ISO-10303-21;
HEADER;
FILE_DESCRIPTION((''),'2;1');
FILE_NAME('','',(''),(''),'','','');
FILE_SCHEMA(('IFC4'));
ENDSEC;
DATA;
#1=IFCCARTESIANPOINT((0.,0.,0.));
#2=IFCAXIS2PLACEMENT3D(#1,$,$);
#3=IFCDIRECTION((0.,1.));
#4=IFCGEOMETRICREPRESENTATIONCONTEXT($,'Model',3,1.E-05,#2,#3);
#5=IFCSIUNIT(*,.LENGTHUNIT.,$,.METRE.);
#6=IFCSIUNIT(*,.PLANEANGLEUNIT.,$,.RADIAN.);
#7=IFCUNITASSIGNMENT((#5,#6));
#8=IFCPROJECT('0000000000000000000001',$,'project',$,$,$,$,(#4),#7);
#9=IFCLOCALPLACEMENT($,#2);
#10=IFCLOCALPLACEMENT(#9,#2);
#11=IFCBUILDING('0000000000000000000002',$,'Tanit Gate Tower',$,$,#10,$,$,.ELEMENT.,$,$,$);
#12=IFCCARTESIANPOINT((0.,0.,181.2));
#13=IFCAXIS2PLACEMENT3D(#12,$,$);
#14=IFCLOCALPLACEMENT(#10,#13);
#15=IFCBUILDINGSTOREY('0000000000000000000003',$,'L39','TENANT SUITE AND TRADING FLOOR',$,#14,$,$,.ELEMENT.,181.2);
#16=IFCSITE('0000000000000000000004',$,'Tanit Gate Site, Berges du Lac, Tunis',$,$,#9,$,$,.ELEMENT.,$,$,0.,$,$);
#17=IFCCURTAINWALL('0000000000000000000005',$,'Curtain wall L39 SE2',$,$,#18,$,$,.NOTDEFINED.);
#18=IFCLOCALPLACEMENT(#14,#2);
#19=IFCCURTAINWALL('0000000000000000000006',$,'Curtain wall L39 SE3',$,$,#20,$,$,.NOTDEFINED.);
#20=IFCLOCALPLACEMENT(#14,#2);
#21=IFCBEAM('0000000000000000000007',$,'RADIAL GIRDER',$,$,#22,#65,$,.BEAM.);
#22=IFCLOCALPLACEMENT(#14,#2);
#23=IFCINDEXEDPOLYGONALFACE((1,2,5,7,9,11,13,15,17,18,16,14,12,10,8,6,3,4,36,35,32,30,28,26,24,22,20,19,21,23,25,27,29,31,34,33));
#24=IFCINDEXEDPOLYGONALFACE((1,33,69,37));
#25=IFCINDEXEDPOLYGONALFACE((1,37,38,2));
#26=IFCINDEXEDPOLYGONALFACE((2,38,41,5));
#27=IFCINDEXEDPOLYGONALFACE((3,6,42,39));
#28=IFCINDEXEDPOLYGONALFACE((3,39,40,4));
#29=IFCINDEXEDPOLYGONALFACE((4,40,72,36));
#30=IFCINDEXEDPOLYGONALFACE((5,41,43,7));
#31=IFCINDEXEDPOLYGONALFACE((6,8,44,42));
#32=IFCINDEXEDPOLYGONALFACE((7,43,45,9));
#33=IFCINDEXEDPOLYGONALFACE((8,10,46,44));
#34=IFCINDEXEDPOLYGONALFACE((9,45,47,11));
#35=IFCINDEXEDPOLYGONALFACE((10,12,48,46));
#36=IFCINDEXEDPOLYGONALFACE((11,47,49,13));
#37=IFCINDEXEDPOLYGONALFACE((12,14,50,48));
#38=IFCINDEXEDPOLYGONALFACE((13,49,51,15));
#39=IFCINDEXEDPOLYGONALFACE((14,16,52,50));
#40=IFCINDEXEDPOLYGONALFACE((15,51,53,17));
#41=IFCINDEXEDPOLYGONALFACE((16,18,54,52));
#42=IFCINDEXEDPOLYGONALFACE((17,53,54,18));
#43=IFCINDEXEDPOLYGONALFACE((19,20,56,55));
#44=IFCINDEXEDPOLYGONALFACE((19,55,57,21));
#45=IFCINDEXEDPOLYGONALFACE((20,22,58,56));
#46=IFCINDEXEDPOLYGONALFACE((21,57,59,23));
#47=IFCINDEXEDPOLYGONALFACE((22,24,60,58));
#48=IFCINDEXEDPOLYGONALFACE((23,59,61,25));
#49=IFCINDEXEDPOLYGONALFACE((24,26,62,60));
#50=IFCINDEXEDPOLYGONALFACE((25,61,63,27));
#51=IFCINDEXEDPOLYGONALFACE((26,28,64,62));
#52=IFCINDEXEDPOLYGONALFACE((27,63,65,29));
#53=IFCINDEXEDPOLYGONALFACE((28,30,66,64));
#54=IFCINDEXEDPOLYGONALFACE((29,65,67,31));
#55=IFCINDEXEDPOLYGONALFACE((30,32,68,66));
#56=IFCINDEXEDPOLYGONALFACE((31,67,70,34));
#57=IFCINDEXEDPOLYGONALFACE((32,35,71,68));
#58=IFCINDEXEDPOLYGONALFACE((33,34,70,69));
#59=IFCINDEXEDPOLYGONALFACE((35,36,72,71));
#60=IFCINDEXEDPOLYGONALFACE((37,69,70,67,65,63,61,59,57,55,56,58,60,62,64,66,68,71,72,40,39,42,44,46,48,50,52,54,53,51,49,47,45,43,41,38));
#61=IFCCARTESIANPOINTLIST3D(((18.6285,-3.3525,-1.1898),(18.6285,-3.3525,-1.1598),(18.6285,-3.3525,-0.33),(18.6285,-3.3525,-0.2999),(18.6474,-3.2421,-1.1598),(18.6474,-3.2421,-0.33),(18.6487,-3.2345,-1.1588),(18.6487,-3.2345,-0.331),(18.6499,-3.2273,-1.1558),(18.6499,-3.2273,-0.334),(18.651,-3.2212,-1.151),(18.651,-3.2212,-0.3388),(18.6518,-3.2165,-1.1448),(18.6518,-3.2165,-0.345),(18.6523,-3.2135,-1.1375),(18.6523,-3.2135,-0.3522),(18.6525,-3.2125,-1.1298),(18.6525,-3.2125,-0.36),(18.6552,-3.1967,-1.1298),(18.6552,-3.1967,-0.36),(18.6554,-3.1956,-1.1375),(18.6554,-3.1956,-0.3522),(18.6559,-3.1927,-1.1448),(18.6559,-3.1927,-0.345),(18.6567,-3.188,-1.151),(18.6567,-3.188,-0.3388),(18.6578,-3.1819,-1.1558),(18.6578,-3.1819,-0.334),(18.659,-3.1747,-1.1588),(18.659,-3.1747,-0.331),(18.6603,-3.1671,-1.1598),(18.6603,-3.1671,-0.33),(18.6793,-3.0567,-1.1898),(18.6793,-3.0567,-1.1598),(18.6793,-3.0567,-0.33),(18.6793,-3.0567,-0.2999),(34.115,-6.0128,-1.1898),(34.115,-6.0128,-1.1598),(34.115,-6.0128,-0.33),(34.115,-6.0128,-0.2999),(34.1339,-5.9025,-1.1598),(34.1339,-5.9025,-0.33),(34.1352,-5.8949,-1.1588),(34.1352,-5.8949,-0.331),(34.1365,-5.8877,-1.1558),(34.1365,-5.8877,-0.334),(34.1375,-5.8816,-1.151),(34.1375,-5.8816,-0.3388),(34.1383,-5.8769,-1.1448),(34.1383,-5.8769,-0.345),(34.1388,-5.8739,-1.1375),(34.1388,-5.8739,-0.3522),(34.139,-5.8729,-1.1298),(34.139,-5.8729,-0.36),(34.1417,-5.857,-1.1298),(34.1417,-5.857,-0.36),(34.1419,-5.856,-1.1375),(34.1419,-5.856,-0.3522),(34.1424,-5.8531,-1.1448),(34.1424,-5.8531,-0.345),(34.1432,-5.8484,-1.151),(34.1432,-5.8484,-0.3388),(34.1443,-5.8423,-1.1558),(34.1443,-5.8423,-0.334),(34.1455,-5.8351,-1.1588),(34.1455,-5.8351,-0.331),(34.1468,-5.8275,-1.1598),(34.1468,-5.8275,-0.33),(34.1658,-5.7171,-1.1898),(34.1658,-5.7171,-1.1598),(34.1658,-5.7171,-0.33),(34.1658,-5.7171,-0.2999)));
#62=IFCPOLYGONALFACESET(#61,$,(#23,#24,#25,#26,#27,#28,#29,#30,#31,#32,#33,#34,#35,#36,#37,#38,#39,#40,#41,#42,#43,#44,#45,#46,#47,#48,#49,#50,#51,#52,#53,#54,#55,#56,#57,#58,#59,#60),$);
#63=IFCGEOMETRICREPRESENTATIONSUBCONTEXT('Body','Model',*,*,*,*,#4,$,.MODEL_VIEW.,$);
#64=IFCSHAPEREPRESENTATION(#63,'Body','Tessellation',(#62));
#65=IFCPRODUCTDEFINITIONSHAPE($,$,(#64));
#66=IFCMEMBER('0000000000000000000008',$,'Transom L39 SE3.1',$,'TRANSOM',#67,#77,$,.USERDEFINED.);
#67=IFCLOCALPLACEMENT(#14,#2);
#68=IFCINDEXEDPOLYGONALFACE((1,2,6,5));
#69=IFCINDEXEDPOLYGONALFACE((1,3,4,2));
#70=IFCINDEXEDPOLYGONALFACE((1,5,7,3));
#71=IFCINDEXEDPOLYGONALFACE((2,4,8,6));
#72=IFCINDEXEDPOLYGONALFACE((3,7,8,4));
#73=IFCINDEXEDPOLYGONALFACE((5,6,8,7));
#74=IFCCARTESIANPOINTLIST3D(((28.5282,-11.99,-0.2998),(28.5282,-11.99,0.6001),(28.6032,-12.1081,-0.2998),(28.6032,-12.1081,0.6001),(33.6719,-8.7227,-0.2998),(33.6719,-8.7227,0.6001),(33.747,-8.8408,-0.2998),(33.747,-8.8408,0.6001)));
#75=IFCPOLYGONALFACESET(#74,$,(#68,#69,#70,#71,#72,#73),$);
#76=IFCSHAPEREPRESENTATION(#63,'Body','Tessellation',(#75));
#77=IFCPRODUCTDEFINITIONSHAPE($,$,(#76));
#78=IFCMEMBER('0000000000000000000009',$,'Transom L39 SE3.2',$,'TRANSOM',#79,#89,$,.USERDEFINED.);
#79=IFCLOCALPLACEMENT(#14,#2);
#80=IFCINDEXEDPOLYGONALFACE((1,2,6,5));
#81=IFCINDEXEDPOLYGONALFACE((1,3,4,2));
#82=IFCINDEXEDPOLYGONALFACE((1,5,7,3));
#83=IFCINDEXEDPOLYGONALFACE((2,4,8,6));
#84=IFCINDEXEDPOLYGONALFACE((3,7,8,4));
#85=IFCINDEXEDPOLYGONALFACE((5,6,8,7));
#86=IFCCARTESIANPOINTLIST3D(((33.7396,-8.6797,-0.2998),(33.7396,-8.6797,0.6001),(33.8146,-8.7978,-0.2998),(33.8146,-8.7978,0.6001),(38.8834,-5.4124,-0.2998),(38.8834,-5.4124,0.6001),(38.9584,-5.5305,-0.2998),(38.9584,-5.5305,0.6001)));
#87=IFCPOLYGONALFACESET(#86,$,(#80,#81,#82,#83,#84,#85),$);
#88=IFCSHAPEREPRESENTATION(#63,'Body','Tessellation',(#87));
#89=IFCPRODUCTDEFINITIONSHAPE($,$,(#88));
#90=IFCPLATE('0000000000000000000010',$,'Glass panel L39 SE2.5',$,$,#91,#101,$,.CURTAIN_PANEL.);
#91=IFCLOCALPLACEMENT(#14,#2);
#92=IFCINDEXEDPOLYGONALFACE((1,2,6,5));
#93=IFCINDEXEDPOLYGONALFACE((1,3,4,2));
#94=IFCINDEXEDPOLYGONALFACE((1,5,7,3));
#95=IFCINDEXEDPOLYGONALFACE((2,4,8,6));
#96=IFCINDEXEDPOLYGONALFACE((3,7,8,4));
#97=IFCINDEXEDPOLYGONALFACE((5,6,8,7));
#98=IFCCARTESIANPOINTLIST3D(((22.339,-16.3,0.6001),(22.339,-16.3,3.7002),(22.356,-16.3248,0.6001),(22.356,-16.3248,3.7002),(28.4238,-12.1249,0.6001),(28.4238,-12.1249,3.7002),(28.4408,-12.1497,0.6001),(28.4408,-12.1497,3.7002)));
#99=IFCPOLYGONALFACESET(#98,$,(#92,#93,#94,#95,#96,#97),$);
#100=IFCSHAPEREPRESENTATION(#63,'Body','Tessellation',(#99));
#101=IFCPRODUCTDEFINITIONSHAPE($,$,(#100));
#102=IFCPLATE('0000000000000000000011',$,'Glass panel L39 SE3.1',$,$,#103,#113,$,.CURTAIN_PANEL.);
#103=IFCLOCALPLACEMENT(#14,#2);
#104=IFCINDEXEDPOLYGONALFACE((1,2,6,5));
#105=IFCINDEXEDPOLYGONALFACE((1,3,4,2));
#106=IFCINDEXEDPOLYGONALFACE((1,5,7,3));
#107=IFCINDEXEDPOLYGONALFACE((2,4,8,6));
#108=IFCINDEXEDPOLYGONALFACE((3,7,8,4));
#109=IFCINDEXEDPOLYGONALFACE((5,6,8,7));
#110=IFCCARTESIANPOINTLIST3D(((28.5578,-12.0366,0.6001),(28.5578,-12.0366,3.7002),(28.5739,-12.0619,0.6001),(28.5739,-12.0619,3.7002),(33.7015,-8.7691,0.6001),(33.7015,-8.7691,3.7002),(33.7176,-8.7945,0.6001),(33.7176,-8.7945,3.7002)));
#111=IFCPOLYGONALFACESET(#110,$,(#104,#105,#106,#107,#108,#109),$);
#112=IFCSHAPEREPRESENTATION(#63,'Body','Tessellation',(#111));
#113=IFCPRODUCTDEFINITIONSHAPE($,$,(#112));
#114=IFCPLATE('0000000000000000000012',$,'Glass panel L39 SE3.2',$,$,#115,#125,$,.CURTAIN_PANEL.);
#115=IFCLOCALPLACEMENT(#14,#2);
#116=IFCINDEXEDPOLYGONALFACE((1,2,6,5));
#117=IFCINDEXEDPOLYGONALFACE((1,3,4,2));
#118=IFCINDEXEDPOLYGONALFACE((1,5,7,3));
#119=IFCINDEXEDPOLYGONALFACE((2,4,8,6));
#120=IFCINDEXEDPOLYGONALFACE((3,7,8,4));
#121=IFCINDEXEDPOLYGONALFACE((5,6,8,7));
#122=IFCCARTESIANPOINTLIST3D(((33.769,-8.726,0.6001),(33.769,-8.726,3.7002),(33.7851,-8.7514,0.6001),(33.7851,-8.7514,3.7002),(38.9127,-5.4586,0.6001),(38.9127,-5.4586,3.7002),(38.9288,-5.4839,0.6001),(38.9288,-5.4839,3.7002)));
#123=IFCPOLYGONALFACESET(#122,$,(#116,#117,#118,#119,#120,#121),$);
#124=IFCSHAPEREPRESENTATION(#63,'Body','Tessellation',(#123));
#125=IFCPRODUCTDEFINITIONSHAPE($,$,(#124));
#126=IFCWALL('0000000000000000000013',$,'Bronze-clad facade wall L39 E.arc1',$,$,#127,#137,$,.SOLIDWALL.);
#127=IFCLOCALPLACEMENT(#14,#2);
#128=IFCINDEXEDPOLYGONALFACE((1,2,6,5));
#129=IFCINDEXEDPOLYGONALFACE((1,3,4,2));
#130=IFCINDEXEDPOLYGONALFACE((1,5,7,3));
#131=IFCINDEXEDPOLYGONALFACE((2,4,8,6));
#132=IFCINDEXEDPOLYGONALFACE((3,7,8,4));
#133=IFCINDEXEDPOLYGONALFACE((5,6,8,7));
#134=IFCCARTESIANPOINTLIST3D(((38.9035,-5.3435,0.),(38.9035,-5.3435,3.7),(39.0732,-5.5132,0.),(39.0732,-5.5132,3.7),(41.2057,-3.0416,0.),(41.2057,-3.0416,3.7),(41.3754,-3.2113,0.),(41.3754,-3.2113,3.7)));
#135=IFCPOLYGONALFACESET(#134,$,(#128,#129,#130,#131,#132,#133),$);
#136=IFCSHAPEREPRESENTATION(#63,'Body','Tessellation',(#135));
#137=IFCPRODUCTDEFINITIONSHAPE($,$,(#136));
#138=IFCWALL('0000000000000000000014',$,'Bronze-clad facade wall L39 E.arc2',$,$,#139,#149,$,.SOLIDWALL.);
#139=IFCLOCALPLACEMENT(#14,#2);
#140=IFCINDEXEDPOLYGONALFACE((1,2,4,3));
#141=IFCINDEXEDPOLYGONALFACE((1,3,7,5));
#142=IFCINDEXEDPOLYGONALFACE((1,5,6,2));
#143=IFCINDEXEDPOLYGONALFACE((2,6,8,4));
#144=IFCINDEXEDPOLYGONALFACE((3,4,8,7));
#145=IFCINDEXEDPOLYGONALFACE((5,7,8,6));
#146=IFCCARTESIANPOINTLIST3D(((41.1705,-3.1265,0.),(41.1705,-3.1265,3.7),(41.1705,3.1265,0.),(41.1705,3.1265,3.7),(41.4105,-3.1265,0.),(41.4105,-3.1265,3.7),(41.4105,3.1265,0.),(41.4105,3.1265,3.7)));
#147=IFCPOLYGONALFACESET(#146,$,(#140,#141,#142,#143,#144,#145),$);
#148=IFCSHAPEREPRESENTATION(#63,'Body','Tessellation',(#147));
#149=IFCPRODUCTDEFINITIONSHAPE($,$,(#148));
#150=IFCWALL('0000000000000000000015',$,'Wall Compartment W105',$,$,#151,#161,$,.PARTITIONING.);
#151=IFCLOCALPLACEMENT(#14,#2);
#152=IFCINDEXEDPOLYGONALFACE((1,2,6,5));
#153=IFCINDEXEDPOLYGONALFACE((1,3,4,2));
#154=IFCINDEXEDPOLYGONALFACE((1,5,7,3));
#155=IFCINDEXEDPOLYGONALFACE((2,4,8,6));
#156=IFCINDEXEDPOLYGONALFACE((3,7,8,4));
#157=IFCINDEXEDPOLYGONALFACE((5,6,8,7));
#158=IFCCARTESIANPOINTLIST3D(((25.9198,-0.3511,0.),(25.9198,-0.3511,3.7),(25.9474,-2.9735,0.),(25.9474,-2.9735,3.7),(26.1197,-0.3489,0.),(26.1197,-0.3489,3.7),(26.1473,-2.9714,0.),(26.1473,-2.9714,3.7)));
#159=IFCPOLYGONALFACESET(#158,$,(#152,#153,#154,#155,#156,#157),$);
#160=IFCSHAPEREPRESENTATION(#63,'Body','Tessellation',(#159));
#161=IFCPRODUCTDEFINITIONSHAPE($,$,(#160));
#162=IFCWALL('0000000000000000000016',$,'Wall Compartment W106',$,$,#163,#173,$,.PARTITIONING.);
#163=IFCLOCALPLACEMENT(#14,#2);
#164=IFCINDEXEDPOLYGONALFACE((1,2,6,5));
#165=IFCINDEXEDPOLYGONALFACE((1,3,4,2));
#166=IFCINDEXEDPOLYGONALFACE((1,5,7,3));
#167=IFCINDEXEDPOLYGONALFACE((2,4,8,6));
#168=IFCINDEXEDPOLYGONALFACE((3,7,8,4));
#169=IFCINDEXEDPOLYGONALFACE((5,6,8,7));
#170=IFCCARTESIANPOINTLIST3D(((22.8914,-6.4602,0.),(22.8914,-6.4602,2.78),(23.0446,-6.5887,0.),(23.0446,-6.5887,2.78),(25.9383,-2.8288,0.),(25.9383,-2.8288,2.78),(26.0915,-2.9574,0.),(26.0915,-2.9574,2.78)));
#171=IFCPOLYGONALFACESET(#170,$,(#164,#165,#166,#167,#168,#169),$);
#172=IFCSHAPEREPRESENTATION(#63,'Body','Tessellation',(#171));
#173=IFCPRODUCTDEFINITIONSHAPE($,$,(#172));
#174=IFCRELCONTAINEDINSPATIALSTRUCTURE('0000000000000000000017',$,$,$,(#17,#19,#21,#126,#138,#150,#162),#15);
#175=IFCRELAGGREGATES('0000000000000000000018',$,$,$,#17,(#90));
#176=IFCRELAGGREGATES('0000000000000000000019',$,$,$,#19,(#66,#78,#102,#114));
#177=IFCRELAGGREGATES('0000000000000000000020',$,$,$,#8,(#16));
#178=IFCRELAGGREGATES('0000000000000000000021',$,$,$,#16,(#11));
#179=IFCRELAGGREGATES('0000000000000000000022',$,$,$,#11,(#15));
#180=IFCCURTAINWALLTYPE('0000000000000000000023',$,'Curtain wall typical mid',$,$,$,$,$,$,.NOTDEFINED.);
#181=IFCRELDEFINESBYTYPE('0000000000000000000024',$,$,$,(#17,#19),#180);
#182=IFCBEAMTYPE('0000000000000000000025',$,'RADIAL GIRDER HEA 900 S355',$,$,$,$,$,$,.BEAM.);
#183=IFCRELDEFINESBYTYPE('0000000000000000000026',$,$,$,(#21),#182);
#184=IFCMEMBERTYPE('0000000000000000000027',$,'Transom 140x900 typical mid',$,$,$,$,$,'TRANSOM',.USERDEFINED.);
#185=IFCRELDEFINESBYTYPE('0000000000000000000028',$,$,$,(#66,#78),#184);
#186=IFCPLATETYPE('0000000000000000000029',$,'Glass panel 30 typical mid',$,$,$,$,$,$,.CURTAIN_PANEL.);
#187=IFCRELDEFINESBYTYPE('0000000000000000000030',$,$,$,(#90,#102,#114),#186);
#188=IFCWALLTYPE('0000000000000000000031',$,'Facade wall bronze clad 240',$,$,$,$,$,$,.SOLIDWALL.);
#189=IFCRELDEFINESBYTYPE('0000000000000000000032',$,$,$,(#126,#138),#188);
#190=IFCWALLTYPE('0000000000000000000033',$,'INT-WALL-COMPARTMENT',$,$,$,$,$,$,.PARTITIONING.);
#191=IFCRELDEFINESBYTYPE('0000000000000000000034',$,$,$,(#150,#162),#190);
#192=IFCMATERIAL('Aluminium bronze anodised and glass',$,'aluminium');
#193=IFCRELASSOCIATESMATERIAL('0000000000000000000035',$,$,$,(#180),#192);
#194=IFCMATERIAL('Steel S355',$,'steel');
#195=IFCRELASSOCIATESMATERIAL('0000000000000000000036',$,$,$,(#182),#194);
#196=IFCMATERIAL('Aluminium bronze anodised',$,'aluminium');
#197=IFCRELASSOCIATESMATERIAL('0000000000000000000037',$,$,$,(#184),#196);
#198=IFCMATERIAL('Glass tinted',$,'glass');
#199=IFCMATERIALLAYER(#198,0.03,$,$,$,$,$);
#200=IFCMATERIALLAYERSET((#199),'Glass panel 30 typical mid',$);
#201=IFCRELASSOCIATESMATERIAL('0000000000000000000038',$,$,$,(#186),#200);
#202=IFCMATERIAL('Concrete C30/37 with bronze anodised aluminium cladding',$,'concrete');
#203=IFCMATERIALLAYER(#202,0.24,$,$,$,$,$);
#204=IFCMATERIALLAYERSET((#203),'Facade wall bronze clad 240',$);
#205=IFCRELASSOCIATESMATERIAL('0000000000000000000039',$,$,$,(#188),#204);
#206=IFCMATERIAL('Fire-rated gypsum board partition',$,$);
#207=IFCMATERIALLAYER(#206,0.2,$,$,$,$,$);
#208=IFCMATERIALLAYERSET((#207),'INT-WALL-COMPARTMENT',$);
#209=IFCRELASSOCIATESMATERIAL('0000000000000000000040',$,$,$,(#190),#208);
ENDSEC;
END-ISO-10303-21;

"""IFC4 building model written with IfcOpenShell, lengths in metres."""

from ifc_helpers import new_model, si_unit, direction, frame, frame_2d, origin, origin_2d, place, context, subcontext, project, spatial, rectangle, i_section, extrude, material, layer, layer_set, material_profile, profile_set, type_object, element, aggregate, save


model = new_model("IFC4")

# Units and contexts
model_context = context("Model", 3, precision=1e-05, world=origin(), true_north=direction((0.0, 1.0)))
body_context = subcontext(model_context, "Body", "Model", "MODEL_VIEW")
ifc_project = project(units=[si_unit("LENGTHUNIT", "METRE"), si_unit("PLANEANGLEUNIT", "RADIAN")], contexts=[model_context])

# Site, building, storey
site_placement = place(None, origin())
site = spatial("IfcSite", under=ifc_project, at=site_placement, Name="Tanit Gate Site, Berges du Lac, Tunis", CompositionType="ELEMENT", RefElevation=0.0)
building_placement = place(site_placement, origin())
building = spatial("IfcBuilding", under=site, at=building_placement, Name="Tanit Gate Tower", CompositionType="ELEMENT")
storey_placement = place(building_placement, frame((0.0, 0.0, 181.2)))
storey = spatial("IfcBuildingStorey", under=building, at=storey_placement, Name="L39", Description="TENANT SUITE AND TRADING FLOOR", CompositionType="ELEMENT", Elevation=181.2)

# Curtain wall
ifc_material_1 = material(Name="Aluminium bronze anodised and glass", Category="aluminium")
curtain_wall_type = type_object("IfcCurtainWallType", Name="Curtain wall typical mid", PredefinedType="NOTDEFINED", material=ifc_material_1)
curtain_wall_1_placement = place(storey_placement, origin())
curtain_wall_1 = element("IfcCurtainWall", 1, at=curtain_wall_1_placement, inside=storey, type_object=curtain_wall_type, Name="Curtain wall L39 SE2", PredefinedType="NOTDEFINED")

# Curtain wall
curtain_wall_2_placement = place(storey_placement, origin())
curtain_wall_2 = element("IfcCurtainWall", 2, at=curtain_wall_2_placement, inside=storey, type_object=curtain_wall_type, Name="Curtain wall L39 SE3", PredefinedType="NOTDEFINED")

# Beam
ifc_material_2 = material(Name="Steel S355", Category="steel")
ifc_material_profile_1 = material_profile(ifc_material_2, i_section(OverallWidth=0.3, OverallDepth=0.8899, WebThickness=0.0161, FlangeThickness=0.03, FilletRadius=0.03, at=origin_2d()), Name="HEA 900")
ifc_profile_set_1 = profile_set([ifc_material_profile_1], Name="Steel S355")
beam_type_1 = type_object("IfcBeamType", Name="RADIAL GIRDER HEA 900 S355", PredefinedType="BEAM", material=ifc_profile_set_1)
beam_1_placement = place(storey_placement, frame((34.1404, -5.865, -0.7449), z_axis=(-0.985563, 0.169308, 0.0), x_axis=(-0.169308, -0.985563, 0.0)))
element("IfcBeam", 3, at=beam_1_placement, inside=storey, type_object=beam_type_1, Name="RADIAL GIRDER", PredefinedType="BEAM", context=body_context, shape_type="SweptSolid", body=[
    extrude(i_section(OverallWidth=0.3, OverallDepth=0.8899, WebThickness=0.0161, FlangeThickness=0.03, FilletRadius=0.03, at=origin_2d()), origin(), (0.0, 0.0, 1.0), 15.7134),
])

# Members
ifc_material_3 = material(Name="Aluminium bronze anodised", Category="aluminium")
ifc_material_profile_2 = material_profile(ifc_material_3, rectangle(XDim=0.1399, YDim=0.8999, at=origin_2d()), Name="140x900 bronze transom")
ifc_profile_set_2 = profile_set([ifc_material_profile_2], Name="Aluminium bronze anodised")
member_type_1 = type_object("IfcMemberType", Name="Transom 140x900 typical mid", ElementType="TRANSOM", PredefinedType="USERDEFINED", material=ifc_profile_set_2)
member_1_placement = place(storey_placement, frame((28.5657, -12.0491, 0.1501), z_axis=(0.844107, 0.536175, 0.0), x_axis=(-0.536175, 0.844107, 0.0)))
member_1 = element("IfcMember", 4, at=member_1_placement, type_object=member_type_1, Name="Transom L39 SE3.1", ObjectType="TRANSOM", PredefinedType="USERDEFINED", context=body_context, shape_type="SweptSolid", body=[
    extrude(rectangle(XDim=0.1399, YDim=0.8999, at=origin_2d()), origin(), (0.0, 0.0, 1.0), 6.0938),
])
member_2_placement = place(storey_placement, frame((33.7771, -8.7388, 0.1501), z_axis=(0.844107, 0.536175, 0.0), x_axis=(-0.536175, 0.844107, 0.0)))
member_2 = element("IfcMember", 5, at=member_2_placement, type_object=member_type_1, Name="Transom L39 SE3.2", ObjectType="TRANSOM", PredefinedType="USERDEFINED", context=body_context, shape_type="SweptSolid", body=[
    extrude(rectangle(XDim=0.1399, YDim=0.8999, at=origin_2d()), origin(), (0.0, 0.0, 1.0), 6.0938),
])

# Plates
ifc_material_4 = material(Name="Glass tinted", Category="glass")
ifc_layer_1 = layer(ifc_material_4, 0.03)
ifc_layer_set_1 = layer_set([ifc_layer_1], Name="Glass panel 30 typical mid")
plate_type = type_object("IfcPlateType", Name="Glass panel 30 typical mid", PredefinedType="CURTAIN_PANEL", material=ifc_layer_set_1)
plate_1_placement = place(storey_placement, frame((25.3899, -14.2249, 0.6001), z_axis=(0.0, 0.0, 1.0), x_axis=(0.824557, 0.56578, 0.0)))
plate_1 = element("IfcPlate", 6, at=plate_1_placement, type_object=plate_type, Name="Glass panel L39 SE2.5", PredefinedType="CURTAIN_PANEL", context=body_context, shape_type="SweptSolid", body=[
    extrude(rectangle(XDim=7.3794, YDim=0.03, at=origin_2d()), origin(), (0.0, 0.0, 1.0), 3.1001),
])
aggregate(curtain_wall_1, [plate_1])
plate_2_placement = place(storey_placement, frame((31.1377, -10.4155, 0.6001), z_axis=(0.0, 0.0, 1.0), x_axis=(0.844097, 0.536191, 0.0)))
plate_2 = element("IfcPlate", 7, at=plate_2_placement, type_object=plate_type, Name="Glass panel L39 SE3.1", PredefinedType="CURTAIN_PANEL", context=body_context, shape_type="SweptSolid", body=[
    extrude(rectangle(XDim=6.0938, YDim=0.03, at=origin_2d()), origin(), (0.0, 0.0, 1.0), 3.1001),
])
plate_3_placement = place(storey_placement, frame((36.3489, -7.105, 0.6001), z_axis=(0.0, 0.0, 1.0), x_axis=(0.844097, 0.536191, 0.0)))
plate_3 = element("IfcPlate", 8, at=plate_3_placement, type_object=plate_type, Name="Glass panel L39 SE3.2", PredefinedType="CURTAIN_PANEL", context=body_context, shape_type="SweptSolid", body=[
    extrude(rectangle(XDim=6.0938, YDim=0.03, at=origin_2d()), origin(), (0.0, 0.0, 1.0), 3.1001),
])
aggregate(curtain_wall_2, [member_1, member_2, plate_2, plate_3])

# Walls
ifc_material_5 = material(Name="Concrete C30/37 with bronze anodised aluminium cladding", Category="concrete")
ifc_layer_2 = layer(ifc_material_5, 0.24)
ifc_layer_set_2 = layer_set([ifc_layer_2], Name="Facade wall bronze clad 240")
wall_type_1 = type_object("IfcWallType", Name="Facade wall bronze clad 240", PredefinedType="SOLIDWALL", material=ifc_layer_set_2)
wall_1_placement = place(storey_placement, frame((38.9883, -5.4285, 0.0), z_axis=(0.0, 0.0, 1.0), x_axis=(0.707144, 0.707069, 0.0)))
element("IfcWall", 9, at=wall_1_placement, inside=storey, type_object=wall_type_1, Name="Bronze-clad facade wall L39 E.arc1", PredefinedType="SOLIDWALL", context=body_context, shape_type="SweptSolid", body=[
    extrude(rectangle(XDim=3.2556, YDim=0.24, at=frame_2d((1.6279, 0.0))), origin(), (0.0, 0.0, 1.0), 3.7),
])
wall_2_placement = place(storey_placement, frame((41.2905, -3.1265, 0.0), z_axis=(0.0, 0.0, 1.0), x_axis=(0.0, 1.0, 0.0)))
element("IfcWall", 10, at=wall_2_placement, inside=storey, type_object=wall_type_1, Name="Bronze-clad facade wall L39 E.arc2", PredefinedType="SOLIDWALL", context=body_context, shape_type="SweptSolid", body=[
    extrude(rectangle(XDim=6.2529, YDim=0.24, at=frame_2d((3.1265, 0.0))), origin(), (0.0, 0.0, 1.0), 3.7),
])
ifc_material_6 = material(Name="Fire-rated gypsum board partition")
ifc_layer_3 = layer(ifc_material_6, 0.2)
ifc_layer_set_3 = layer_set([ifc_layer_3], Name="INT-WALL-COMPARTMENT")
wall_type_2 = type_object("IfcWallType", Name="INT-WALL-COMPARTMENT", PredefinedType="PARTITIONING", material=ifc_layer_set_3)
wall_3_placement = place(storey_placement, frame((26.0474, -2.9724, 0.0), z_axis=(0.0, 0.0, 1.0), x_axis=(-0.01052, 0.999945, 0.0)))
element("IfcWall", 11, at=wall_3_placement, inside=storey, type_object=wall_type_2, Name="Wall Compartment W105", PredefinedType="PARTITIONING", context=body_context, shape_type="SweptSolid", body=[
    extrude(rectangle(XDim=2.6226, YDim=0.2, at=frame_2d((1.3113, 0.0))), origin(), (0.0, 0.0, 1.0), 3.7),
])
wall_4_placement = place(storey_placement, frame((22.968, -6.5244, 0.0), z_axis=(0.0, 0.0, 1.0), x_axis=(0.642764, 0.766064, 0.0)))
element("IfcWall", 12, at=wall_4_placement, inside=storey, type_object=wall_type_2, Name="Wall Compartment W106", PredefinedType="PARTITIONING", context=body_context, shape_type="SweptSolid", body=[
    extrude(rectangle(XDim=4.7402, YDim=0.2, at=frame_2d((2.3701, 0.0))), origin(), (0.0, 0.0, 1.0), 2.78),
])

save(model, "model.ifc")
